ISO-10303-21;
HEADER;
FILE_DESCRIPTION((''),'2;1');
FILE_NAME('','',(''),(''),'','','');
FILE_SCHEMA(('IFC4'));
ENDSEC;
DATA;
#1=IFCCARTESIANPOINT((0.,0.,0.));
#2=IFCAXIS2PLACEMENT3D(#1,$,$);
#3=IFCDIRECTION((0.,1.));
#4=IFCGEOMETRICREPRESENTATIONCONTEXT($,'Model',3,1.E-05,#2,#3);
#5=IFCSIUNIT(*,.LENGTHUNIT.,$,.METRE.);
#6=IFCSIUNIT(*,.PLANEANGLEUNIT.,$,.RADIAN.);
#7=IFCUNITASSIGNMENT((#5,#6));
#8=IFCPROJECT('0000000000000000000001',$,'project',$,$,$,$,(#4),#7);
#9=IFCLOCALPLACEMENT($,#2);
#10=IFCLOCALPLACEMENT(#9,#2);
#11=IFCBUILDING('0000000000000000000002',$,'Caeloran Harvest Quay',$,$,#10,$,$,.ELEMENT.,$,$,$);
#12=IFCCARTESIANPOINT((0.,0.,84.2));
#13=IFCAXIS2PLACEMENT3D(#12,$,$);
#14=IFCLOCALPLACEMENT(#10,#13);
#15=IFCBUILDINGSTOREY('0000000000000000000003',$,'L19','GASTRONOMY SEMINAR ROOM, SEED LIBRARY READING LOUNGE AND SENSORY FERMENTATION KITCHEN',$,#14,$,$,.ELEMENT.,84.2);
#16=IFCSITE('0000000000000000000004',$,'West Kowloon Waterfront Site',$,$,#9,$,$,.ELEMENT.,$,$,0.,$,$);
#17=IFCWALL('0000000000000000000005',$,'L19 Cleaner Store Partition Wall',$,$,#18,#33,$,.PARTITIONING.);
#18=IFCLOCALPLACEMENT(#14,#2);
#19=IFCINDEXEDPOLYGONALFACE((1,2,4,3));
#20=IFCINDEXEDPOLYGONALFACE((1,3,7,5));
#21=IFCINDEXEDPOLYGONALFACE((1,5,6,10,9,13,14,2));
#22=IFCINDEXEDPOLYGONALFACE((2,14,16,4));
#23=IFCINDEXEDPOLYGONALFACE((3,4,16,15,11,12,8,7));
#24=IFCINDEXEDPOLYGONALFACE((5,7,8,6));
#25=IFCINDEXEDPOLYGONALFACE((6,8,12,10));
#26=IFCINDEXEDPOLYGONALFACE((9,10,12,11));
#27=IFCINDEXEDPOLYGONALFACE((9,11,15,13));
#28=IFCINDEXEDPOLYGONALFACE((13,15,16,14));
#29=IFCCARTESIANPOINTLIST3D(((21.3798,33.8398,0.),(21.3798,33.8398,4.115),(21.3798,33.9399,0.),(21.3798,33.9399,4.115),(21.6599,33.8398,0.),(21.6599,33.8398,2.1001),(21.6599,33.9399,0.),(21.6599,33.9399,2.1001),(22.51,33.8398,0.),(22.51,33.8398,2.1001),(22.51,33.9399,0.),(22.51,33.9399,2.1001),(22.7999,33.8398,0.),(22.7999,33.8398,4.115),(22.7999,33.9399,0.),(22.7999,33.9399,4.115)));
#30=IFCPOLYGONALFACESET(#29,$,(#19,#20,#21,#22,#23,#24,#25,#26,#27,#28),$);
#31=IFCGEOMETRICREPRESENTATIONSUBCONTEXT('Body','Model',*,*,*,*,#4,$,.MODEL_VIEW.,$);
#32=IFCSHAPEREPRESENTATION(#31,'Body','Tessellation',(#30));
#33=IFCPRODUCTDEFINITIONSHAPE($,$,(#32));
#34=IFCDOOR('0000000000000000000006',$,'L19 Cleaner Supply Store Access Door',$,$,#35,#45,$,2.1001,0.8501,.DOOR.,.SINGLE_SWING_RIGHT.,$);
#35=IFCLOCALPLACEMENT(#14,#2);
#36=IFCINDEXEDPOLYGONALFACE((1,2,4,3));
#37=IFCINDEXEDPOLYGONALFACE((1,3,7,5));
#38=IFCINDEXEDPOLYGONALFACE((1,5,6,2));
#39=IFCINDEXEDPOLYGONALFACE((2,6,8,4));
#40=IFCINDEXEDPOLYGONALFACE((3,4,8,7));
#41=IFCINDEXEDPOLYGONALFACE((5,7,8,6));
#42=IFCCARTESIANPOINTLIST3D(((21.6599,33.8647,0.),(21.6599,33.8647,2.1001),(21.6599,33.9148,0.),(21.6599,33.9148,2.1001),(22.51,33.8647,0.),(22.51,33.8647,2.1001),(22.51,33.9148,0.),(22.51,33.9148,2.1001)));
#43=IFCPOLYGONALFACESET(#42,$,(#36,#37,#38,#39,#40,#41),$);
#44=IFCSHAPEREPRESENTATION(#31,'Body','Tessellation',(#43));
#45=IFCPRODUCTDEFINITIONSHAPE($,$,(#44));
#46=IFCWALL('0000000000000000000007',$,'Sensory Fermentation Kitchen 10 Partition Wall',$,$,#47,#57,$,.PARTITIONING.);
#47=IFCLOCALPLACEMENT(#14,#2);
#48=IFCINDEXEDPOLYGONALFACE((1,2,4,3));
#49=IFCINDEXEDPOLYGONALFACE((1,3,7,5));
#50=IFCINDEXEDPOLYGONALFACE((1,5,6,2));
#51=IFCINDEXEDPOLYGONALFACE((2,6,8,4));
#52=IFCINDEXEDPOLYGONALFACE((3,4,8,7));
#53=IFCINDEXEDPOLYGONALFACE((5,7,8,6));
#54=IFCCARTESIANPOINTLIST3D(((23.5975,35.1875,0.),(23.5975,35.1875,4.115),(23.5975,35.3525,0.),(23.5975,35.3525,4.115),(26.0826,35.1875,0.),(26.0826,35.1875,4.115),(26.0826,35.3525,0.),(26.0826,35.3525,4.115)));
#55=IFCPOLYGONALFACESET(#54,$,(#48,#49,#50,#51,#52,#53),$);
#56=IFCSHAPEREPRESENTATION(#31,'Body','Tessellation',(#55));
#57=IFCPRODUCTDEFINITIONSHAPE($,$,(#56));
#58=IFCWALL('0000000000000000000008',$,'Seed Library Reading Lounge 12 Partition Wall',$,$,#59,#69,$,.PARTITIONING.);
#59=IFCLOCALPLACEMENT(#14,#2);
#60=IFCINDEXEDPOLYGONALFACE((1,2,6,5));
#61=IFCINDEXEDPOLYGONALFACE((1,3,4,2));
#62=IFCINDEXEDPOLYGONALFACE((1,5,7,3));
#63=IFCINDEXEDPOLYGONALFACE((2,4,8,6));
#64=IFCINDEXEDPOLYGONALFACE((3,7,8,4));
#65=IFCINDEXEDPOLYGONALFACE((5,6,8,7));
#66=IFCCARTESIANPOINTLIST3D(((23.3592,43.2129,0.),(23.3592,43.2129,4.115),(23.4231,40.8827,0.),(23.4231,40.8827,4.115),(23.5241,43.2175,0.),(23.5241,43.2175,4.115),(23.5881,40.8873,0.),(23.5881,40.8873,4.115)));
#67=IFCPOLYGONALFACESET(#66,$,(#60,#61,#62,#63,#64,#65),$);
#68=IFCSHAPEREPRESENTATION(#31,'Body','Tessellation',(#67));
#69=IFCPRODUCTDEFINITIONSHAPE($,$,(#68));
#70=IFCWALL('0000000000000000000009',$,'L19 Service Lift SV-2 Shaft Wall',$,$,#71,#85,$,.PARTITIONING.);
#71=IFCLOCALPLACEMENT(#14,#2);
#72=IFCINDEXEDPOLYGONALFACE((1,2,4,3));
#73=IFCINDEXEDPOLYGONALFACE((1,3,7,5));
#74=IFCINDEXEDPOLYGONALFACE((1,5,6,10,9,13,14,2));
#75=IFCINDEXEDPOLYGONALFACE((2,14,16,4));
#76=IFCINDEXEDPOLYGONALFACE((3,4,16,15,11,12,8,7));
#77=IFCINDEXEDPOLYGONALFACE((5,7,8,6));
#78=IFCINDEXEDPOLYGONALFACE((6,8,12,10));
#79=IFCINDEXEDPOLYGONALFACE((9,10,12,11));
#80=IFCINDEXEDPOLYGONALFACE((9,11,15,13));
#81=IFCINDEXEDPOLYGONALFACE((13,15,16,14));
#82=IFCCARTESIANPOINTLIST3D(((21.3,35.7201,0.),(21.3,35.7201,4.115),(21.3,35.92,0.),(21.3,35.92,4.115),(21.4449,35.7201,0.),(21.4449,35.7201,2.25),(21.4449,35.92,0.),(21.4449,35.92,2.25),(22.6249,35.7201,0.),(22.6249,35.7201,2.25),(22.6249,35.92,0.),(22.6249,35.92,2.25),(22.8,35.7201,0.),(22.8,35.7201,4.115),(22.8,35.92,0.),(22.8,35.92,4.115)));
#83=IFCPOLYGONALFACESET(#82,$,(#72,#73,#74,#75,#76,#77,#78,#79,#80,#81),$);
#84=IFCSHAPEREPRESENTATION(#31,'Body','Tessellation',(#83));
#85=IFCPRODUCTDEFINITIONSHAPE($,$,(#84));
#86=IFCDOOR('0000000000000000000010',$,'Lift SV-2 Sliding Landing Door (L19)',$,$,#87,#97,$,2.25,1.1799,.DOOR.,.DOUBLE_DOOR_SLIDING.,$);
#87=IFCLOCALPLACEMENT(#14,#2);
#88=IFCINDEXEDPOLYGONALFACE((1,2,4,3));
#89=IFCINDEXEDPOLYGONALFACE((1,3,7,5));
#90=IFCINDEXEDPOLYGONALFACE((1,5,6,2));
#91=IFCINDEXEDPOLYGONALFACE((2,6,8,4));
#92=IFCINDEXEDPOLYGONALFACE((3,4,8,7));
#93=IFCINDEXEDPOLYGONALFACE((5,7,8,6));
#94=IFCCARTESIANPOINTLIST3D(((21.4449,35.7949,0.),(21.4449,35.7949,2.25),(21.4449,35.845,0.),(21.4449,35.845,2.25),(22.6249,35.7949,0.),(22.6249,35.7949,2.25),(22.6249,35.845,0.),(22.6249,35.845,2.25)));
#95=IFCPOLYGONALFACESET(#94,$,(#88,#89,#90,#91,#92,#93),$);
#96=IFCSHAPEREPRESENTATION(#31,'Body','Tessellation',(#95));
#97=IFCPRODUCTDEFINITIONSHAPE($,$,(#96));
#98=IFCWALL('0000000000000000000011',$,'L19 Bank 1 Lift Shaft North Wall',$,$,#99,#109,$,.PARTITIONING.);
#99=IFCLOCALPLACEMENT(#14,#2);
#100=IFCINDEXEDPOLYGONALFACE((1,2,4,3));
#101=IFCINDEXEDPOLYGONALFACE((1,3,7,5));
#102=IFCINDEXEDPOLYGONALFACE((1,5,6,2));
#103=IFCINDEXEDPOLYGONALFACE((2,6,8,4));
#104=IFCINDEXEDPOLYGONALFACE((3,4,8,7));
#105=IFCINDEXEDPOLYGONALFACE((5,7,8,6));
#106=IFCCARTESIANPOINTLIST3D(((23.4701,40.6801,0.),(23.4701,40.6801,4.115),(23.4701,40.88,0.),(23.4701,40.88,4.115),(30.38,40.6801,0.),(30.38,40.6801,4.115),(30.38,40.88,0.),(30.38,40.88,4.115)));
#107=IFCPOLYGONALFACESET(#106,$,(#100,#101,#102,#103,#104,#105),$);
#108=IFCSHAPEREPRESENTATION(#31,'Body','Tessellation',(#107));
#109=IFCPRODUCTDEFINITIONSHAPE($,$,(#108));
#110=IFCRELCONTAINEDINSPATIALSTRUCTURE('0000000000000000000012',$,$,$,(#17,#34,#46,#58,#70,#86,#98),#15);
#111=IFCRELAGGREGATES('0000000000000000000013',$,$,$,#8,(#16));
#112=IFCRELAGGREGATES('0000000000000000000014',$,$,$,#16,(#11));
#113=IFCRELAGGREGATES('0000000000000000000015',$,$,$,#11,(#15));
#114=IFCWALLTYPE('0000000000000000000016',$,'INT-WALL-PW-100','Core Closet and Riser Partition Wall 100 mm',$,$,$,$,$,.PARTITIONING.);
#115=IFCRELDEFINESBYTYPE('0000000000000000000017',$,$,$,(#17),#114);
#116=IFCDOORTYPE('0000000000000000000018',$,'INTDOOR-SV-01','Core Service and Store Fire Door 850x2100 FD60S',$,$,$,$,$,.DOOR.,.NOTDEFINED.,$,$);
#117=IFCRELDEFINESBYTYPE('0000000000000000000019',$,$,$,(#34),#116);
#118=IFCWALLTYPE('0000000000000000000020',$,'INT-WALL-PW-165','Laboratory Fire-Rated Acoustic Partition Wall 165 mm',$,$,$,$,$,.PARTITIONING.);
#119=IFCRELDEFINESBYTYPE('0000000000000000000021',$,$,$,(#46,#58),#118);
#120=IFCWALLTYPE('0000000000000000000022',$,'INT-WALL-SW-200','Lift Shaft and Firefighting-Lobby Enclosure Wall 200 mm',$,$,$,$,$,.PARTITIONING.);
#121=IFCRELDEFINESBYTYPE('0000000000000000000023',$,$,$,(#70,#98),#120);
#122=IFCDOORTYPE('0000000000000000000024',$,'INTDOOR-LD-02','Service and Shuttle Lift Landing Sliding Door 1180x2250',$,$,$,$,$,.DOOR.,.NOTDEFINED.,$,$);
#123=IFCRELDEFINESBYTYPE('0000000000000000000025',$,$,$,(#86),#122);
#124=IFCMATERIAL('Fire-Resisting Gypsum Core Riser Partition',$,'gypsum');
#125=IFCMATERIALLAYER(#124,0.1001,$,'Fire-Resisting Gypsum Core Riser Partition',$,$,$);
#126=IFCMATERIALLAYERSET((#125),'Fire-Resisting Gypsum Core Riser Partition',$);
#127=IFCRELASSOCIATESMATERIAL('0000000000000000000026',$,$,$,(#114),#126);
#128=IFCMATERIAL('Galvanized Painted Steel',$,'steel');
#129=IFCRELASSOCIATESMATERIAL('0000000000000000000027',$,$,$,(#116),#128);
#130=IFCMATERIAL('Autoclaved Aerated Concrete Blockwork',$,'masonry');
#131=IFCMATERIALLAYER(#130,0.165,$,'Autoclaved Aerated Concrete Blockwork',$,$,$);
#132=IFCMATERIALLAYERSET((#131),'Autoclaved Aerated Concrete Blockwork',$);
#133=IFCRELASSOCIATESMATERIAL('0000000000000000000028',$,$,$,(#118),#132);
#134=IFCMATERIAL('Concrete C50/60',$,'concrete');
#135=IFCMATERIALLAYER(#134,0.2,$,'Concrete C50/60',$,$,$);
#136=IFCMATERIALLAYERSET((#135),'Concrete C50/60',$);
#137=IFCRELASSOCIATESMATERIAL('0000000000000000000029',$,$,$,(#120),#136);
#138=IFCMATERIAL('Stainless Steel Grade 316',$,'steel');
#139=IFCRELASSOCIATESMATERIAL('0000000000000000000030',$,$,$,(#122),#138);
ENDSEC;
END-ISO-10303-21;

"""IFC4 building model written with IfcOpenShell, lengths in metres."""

from ifc_helpers import new_model, si_unit, direction, frame, frame_2d, origin, place, context, subcontext, project, spatial, rectangle, extrude, material, layer, layer_set, type_object, element, fill, save


model = new_model("IFC4")

# Units and contexts
model_context = context("Model", 3, precision=1e-05, world=origin(), true_north=direction((0.0, 1.0)))
body_context = subcontext(model_context, "Body", "Model", "MODEL_VIEW")
ifc_project = project(units=[si_unit("LENGTHUNIT", "METRE"), si_unit("PLANEANGLEUNIT", "RADIAN")], contexts=[model_context])

# Site, building, storey
site_placement = place(None, origin())
site = spatial("IfcSite", under=ifc_project, at=site_placement, Name="West Kowloon Waterfront Site", CompositionType="ELEMENT", RefElevation=0.0)
building_placement = place(site_placement, origin())
building = spatial("IfcBuilding", under=site, at=building_placement, Name="Caeloran Harvest Quay", CompositionType="ELEMENT")
storey_placement = place(building_placement, frame((0.0, 0.0, 84.2)))
storey = spatial("IfcBuildingStorey", under=building, at=storey_placement, Name="L19", Description="GASTRONOMY SEMINAR ROOM, SEED LIBRARY READING LOUNGE AND SENSORY FERMENTATION KITCHEN", CompositionType="ELEMENT", Elevation=84.2)

# Wall, opening, door
ifc_material_1 = material(Name="Fire-Resisting Gypsum Core Riser Partition", Category="gypsum")
ifc_layer_1 = layer(ifc_material_1, 0.1001, Name="Fire-Resisting Gypsum Core Riser Partition")
ifc_layer_set_1 = layer_set([ifc_layer_1], Name="Fire-Resisting Gypsum Core Riser Partition")
wall_type_1 = type_object("IfcWallType", Name="INT-WALL-PW-100", Description="Core Closet and Riser Partition Wall 100 mm", PredefinedType="PARTITIONING", material=ifc_layer_set_1)
wall_1_placement = place(storey_placement, frame((21.3799, 33.8899, 0.0), z_axis=(0.0, 0.0, 1.0), x_axis=(1.0, 0.0, 0.0)))
wall_1 = element("IfcWall", 1, at=wall_1_placement, inside=storey, type_object=wall_type_1, Name="L19 Cleaner Store Partition Wall", PredefinedType="PARTITIONING", context=body_context, shape_type="SweptSolid", body=[
    extrude(rectangle(XDim=1.4202, YDim=0.1001, at=frame_2d((0.71, 0.0))), origin(), (0.0, 0.0, 1.0), 4.115),
])
opening_1_placement = place(wall_1_placement, frame((0.28, 0.0, 0.0)))
opening_1 = element("IfcOpeningElement", 2, at=opening_1_placement, cuts=wall_1, PredefinedType="OPENING", context=body_context, shape_type="SweptSolid", body=[
    extrude(rectangle(XDim=0.8501, YDim=2.1001, at=frame_2d((0.425, 1.05))), frame((0.0, 0.0601, 0.0), z_axis=(0.0, -1.0, 0.0), x_axis=(1.0, 0.0, 0.0)), (0.0, 0.0, 1.0), 0.1201),
])
ifc_material_2 = material(Name="Galvanized Painted Steel", Category="steel")
door_type_1 = type_object("IfcDoorType", Name="INTDOOR-SV-01", Description="Core Service and Store Fire Door 850x2100 FD60S", OperationType="NOTDEFINED", PredefinedType="DOOR", material=ifc_material_2)
door_1_placement = place(opening_1_placement, origin())
door_1 = element("IfcDoor", 3, at=door_1_placement, inside=storey, type_object=door_type_1, Name="L19 Cleaner Supply Store Access Door", OperationType="SINGLE_SWING_RIGHT", OverallHeight=2.1001, OverallWidth=0.8501, PredefinedType="DOOR", context=body_context, shape_type="SweptSolid", body=[
    extrude(rectangle(XDim=0.8501, YDim=2.1001, at=frame_2d((0.425, 1.05))), frame((0.0, 0.0249, 0.0), z_axis=(0.0, -1.0, 0.0), x_axis=(1.0, 0.0, 0.0)), (0.0, 0.0, 1.0), 0.05),
])
fill(opening_1, door_1)

# Walls
ifc_material_3 = material(Name="Autoclaved Aerated Concrete Blockwork", Category="masonry")
ifc_layer_2 = layer(ifc_material_3, 0.165, Name="Autoclaved Aerated Concrete Blockwork")
ifc_layer_set_2 = layer_set([ifc_layer_2], Name="Autoclaved Aerated Concrete Blockwork")
wall_type_2 = type_object("IfcWallType", Name="INT-WALL-PW-165", Description="Laboratory Fire-Rated Acoustic Partition Wall 165 mm", PredefinedType="PARTITIONING", material=ifc_layer_set_2)
wall_2_placement = place(storey_placement, frame((23.5974, 35.27, 0.0), z_axis=(0.0, 0.0, 1.0), x_axis=(1.0, 0.0, 0.0)))
element("IfcWall", 4, at=wall_2_placement, inside=storey, type_object=wall_type_2, Name="Sensory Fermentation Kitchen 10 Partition Wall", PredefinedType="PARTITIONING", context=body_context, shape_type="SweptSolid", body=[
    extrude(rectangle(XDim=2.4851, YDim=0.165, at=frame_2d((1.2427, 0.0))), origin(), (0.0, 0.0, 1.0), 4.115),
])
wall_3_placement = place(storey_placement, frame((23.5056, 40.885, 0.0), z_axis=(0.0, 0.0, 1.0), x_axis=(-0.027441, 0.999623, 0.0)))
element("IfcWall", 5, at=wall_3_placement, inside=storey, type_object=wall_type_2, Name="Seed Library Reading Lounge 12 Partition Wall", PredefinedType="PARTITIONING", context=body_context, shape_type="SweptSolid", body=[
    extrude(rectangle(XDim=2.3311, YDim=0.165, at=frame_2d((1.1655, 0.0))), origin(), (0.0, 0.0, 1.0), 4.115),
])

# Wall, opening, door
ifc_material_4 = material(Name="Concrete C50/60", Category="concrete")
ifc_layer_3 = layer(ifc_material_4, 0.2, Name="Concrete C50/60")
ifc_layer_set_3 = layer_set([ifc_layer_3], Name="Concrete C50/60")
wall_type_3 = type_object("IfcWallType", Name="INT-WALL-SW-200", Description="Lift Shaft and Firefighting-Lobby Enclosure Wall 200 mm", PredefinedType="PARTITIONING", material=ifc_layer_set_3)
wall_4_placement = place(storey_placement, frame((21.3, 35.8201, 0.0), z_axis=(0.0, 0.0, 1.0), x_axis=(1.0, 0.0, 0.0)))
wall_4 = element("IfcWall", 6, at=wall_4_placement, inside=storey, type_object=wall_type_3, Name="L19 Service Lift SV-2 Shaft Wall", PredefinedType="PARTITIONING", context=body_context, shape_type="SweptSolid", body=[
    extrude(rectangle(XDim=1.5, YDim=0.2, at=frame_2d((0.75, 0.0))), origin(), (0.0, 0.0, 1.0), 4.115),
])
opening_2_placement = place(wall_4_placement, frame((0.145, 0.0, 0.0)))
opening_2 = element("IfcOpeningElement", 7, at=opening_2_placement, cuts=wall_4, PredefinedType="OPENING", context=body_context, shape_type="SweptSolid", body=[
    extrude(rectangle(XDim=1.1799, YDim=2.25, at=frame_2d((0.5898, 1.125))), frame((0.0, 0.1099, 0.0), z_axis=(0.0, -1.0, 0.0), x_axis=(1.0, 0.0, 0.0)), (0.0, 0.0, 1.0), 0.22),
])
ifc_material_5 = material(Name="Stainless Steel Grade 316", Category="steel")
door_type_2 = type_object("IfcDoorType", Name="INTDOOR-LD-02", Description="Service and Shuttle Lift Landing Sliding Door 1180x2250", OperationType="NOTDEFINED", PredefinedType="DOOR", material=ifc_material_5)
door_2_placement = place(opening_2_placement, origin())
door_2 = element("IfcDoor", 8, at=door_2_placement, inside=storey, type_object=door_type_2, Name="Lift SV-2 Sliding Landing Door (L19)", OperationType="DOUBLE_DOOR_SLIDING", OverallHeight=2.25, OverallWidth=1.1799, PredefinedType="DOOR", context=body_context, shape_type="SweptSolid", body=[
    extrude(rectangle(XDim=1.1799, YDim=2.25, at=frame_2d((0.5898, 1.125))), frame((0.0, 0.0249, 0.0), z_axis=(0.0, -1.0, 0.0), x_axis=(1.0, 0.0, 0.0)), (0.0, 0.0, 1.0), 0.05),
])
fill(opening_2, door_2)

# Wall
wall_5_placement = place(storey_placement, frame((23.47, 40.78, 0.0), z_axis=(0.0, 0.0, 1.0), x_axis=(1.0, 0.0, 0.0)))
element("IfcWall", 9, at=wall_5_placement, inside=storey, type_object=wall_type_3, Name="L19 Bank 1 Lift Shaft North Wall", PredefinedType="PARTITIONING", context=body_context, shape_type="SweptSolid", body=[
    extrude(rectangle(XDim=6.9099, YDim=0.2, at=frame_2d((3.4551, 0.0))), origin(), (0.0, 0.0, 1.0), 4.115),
])

save(model, "model.ifc")
